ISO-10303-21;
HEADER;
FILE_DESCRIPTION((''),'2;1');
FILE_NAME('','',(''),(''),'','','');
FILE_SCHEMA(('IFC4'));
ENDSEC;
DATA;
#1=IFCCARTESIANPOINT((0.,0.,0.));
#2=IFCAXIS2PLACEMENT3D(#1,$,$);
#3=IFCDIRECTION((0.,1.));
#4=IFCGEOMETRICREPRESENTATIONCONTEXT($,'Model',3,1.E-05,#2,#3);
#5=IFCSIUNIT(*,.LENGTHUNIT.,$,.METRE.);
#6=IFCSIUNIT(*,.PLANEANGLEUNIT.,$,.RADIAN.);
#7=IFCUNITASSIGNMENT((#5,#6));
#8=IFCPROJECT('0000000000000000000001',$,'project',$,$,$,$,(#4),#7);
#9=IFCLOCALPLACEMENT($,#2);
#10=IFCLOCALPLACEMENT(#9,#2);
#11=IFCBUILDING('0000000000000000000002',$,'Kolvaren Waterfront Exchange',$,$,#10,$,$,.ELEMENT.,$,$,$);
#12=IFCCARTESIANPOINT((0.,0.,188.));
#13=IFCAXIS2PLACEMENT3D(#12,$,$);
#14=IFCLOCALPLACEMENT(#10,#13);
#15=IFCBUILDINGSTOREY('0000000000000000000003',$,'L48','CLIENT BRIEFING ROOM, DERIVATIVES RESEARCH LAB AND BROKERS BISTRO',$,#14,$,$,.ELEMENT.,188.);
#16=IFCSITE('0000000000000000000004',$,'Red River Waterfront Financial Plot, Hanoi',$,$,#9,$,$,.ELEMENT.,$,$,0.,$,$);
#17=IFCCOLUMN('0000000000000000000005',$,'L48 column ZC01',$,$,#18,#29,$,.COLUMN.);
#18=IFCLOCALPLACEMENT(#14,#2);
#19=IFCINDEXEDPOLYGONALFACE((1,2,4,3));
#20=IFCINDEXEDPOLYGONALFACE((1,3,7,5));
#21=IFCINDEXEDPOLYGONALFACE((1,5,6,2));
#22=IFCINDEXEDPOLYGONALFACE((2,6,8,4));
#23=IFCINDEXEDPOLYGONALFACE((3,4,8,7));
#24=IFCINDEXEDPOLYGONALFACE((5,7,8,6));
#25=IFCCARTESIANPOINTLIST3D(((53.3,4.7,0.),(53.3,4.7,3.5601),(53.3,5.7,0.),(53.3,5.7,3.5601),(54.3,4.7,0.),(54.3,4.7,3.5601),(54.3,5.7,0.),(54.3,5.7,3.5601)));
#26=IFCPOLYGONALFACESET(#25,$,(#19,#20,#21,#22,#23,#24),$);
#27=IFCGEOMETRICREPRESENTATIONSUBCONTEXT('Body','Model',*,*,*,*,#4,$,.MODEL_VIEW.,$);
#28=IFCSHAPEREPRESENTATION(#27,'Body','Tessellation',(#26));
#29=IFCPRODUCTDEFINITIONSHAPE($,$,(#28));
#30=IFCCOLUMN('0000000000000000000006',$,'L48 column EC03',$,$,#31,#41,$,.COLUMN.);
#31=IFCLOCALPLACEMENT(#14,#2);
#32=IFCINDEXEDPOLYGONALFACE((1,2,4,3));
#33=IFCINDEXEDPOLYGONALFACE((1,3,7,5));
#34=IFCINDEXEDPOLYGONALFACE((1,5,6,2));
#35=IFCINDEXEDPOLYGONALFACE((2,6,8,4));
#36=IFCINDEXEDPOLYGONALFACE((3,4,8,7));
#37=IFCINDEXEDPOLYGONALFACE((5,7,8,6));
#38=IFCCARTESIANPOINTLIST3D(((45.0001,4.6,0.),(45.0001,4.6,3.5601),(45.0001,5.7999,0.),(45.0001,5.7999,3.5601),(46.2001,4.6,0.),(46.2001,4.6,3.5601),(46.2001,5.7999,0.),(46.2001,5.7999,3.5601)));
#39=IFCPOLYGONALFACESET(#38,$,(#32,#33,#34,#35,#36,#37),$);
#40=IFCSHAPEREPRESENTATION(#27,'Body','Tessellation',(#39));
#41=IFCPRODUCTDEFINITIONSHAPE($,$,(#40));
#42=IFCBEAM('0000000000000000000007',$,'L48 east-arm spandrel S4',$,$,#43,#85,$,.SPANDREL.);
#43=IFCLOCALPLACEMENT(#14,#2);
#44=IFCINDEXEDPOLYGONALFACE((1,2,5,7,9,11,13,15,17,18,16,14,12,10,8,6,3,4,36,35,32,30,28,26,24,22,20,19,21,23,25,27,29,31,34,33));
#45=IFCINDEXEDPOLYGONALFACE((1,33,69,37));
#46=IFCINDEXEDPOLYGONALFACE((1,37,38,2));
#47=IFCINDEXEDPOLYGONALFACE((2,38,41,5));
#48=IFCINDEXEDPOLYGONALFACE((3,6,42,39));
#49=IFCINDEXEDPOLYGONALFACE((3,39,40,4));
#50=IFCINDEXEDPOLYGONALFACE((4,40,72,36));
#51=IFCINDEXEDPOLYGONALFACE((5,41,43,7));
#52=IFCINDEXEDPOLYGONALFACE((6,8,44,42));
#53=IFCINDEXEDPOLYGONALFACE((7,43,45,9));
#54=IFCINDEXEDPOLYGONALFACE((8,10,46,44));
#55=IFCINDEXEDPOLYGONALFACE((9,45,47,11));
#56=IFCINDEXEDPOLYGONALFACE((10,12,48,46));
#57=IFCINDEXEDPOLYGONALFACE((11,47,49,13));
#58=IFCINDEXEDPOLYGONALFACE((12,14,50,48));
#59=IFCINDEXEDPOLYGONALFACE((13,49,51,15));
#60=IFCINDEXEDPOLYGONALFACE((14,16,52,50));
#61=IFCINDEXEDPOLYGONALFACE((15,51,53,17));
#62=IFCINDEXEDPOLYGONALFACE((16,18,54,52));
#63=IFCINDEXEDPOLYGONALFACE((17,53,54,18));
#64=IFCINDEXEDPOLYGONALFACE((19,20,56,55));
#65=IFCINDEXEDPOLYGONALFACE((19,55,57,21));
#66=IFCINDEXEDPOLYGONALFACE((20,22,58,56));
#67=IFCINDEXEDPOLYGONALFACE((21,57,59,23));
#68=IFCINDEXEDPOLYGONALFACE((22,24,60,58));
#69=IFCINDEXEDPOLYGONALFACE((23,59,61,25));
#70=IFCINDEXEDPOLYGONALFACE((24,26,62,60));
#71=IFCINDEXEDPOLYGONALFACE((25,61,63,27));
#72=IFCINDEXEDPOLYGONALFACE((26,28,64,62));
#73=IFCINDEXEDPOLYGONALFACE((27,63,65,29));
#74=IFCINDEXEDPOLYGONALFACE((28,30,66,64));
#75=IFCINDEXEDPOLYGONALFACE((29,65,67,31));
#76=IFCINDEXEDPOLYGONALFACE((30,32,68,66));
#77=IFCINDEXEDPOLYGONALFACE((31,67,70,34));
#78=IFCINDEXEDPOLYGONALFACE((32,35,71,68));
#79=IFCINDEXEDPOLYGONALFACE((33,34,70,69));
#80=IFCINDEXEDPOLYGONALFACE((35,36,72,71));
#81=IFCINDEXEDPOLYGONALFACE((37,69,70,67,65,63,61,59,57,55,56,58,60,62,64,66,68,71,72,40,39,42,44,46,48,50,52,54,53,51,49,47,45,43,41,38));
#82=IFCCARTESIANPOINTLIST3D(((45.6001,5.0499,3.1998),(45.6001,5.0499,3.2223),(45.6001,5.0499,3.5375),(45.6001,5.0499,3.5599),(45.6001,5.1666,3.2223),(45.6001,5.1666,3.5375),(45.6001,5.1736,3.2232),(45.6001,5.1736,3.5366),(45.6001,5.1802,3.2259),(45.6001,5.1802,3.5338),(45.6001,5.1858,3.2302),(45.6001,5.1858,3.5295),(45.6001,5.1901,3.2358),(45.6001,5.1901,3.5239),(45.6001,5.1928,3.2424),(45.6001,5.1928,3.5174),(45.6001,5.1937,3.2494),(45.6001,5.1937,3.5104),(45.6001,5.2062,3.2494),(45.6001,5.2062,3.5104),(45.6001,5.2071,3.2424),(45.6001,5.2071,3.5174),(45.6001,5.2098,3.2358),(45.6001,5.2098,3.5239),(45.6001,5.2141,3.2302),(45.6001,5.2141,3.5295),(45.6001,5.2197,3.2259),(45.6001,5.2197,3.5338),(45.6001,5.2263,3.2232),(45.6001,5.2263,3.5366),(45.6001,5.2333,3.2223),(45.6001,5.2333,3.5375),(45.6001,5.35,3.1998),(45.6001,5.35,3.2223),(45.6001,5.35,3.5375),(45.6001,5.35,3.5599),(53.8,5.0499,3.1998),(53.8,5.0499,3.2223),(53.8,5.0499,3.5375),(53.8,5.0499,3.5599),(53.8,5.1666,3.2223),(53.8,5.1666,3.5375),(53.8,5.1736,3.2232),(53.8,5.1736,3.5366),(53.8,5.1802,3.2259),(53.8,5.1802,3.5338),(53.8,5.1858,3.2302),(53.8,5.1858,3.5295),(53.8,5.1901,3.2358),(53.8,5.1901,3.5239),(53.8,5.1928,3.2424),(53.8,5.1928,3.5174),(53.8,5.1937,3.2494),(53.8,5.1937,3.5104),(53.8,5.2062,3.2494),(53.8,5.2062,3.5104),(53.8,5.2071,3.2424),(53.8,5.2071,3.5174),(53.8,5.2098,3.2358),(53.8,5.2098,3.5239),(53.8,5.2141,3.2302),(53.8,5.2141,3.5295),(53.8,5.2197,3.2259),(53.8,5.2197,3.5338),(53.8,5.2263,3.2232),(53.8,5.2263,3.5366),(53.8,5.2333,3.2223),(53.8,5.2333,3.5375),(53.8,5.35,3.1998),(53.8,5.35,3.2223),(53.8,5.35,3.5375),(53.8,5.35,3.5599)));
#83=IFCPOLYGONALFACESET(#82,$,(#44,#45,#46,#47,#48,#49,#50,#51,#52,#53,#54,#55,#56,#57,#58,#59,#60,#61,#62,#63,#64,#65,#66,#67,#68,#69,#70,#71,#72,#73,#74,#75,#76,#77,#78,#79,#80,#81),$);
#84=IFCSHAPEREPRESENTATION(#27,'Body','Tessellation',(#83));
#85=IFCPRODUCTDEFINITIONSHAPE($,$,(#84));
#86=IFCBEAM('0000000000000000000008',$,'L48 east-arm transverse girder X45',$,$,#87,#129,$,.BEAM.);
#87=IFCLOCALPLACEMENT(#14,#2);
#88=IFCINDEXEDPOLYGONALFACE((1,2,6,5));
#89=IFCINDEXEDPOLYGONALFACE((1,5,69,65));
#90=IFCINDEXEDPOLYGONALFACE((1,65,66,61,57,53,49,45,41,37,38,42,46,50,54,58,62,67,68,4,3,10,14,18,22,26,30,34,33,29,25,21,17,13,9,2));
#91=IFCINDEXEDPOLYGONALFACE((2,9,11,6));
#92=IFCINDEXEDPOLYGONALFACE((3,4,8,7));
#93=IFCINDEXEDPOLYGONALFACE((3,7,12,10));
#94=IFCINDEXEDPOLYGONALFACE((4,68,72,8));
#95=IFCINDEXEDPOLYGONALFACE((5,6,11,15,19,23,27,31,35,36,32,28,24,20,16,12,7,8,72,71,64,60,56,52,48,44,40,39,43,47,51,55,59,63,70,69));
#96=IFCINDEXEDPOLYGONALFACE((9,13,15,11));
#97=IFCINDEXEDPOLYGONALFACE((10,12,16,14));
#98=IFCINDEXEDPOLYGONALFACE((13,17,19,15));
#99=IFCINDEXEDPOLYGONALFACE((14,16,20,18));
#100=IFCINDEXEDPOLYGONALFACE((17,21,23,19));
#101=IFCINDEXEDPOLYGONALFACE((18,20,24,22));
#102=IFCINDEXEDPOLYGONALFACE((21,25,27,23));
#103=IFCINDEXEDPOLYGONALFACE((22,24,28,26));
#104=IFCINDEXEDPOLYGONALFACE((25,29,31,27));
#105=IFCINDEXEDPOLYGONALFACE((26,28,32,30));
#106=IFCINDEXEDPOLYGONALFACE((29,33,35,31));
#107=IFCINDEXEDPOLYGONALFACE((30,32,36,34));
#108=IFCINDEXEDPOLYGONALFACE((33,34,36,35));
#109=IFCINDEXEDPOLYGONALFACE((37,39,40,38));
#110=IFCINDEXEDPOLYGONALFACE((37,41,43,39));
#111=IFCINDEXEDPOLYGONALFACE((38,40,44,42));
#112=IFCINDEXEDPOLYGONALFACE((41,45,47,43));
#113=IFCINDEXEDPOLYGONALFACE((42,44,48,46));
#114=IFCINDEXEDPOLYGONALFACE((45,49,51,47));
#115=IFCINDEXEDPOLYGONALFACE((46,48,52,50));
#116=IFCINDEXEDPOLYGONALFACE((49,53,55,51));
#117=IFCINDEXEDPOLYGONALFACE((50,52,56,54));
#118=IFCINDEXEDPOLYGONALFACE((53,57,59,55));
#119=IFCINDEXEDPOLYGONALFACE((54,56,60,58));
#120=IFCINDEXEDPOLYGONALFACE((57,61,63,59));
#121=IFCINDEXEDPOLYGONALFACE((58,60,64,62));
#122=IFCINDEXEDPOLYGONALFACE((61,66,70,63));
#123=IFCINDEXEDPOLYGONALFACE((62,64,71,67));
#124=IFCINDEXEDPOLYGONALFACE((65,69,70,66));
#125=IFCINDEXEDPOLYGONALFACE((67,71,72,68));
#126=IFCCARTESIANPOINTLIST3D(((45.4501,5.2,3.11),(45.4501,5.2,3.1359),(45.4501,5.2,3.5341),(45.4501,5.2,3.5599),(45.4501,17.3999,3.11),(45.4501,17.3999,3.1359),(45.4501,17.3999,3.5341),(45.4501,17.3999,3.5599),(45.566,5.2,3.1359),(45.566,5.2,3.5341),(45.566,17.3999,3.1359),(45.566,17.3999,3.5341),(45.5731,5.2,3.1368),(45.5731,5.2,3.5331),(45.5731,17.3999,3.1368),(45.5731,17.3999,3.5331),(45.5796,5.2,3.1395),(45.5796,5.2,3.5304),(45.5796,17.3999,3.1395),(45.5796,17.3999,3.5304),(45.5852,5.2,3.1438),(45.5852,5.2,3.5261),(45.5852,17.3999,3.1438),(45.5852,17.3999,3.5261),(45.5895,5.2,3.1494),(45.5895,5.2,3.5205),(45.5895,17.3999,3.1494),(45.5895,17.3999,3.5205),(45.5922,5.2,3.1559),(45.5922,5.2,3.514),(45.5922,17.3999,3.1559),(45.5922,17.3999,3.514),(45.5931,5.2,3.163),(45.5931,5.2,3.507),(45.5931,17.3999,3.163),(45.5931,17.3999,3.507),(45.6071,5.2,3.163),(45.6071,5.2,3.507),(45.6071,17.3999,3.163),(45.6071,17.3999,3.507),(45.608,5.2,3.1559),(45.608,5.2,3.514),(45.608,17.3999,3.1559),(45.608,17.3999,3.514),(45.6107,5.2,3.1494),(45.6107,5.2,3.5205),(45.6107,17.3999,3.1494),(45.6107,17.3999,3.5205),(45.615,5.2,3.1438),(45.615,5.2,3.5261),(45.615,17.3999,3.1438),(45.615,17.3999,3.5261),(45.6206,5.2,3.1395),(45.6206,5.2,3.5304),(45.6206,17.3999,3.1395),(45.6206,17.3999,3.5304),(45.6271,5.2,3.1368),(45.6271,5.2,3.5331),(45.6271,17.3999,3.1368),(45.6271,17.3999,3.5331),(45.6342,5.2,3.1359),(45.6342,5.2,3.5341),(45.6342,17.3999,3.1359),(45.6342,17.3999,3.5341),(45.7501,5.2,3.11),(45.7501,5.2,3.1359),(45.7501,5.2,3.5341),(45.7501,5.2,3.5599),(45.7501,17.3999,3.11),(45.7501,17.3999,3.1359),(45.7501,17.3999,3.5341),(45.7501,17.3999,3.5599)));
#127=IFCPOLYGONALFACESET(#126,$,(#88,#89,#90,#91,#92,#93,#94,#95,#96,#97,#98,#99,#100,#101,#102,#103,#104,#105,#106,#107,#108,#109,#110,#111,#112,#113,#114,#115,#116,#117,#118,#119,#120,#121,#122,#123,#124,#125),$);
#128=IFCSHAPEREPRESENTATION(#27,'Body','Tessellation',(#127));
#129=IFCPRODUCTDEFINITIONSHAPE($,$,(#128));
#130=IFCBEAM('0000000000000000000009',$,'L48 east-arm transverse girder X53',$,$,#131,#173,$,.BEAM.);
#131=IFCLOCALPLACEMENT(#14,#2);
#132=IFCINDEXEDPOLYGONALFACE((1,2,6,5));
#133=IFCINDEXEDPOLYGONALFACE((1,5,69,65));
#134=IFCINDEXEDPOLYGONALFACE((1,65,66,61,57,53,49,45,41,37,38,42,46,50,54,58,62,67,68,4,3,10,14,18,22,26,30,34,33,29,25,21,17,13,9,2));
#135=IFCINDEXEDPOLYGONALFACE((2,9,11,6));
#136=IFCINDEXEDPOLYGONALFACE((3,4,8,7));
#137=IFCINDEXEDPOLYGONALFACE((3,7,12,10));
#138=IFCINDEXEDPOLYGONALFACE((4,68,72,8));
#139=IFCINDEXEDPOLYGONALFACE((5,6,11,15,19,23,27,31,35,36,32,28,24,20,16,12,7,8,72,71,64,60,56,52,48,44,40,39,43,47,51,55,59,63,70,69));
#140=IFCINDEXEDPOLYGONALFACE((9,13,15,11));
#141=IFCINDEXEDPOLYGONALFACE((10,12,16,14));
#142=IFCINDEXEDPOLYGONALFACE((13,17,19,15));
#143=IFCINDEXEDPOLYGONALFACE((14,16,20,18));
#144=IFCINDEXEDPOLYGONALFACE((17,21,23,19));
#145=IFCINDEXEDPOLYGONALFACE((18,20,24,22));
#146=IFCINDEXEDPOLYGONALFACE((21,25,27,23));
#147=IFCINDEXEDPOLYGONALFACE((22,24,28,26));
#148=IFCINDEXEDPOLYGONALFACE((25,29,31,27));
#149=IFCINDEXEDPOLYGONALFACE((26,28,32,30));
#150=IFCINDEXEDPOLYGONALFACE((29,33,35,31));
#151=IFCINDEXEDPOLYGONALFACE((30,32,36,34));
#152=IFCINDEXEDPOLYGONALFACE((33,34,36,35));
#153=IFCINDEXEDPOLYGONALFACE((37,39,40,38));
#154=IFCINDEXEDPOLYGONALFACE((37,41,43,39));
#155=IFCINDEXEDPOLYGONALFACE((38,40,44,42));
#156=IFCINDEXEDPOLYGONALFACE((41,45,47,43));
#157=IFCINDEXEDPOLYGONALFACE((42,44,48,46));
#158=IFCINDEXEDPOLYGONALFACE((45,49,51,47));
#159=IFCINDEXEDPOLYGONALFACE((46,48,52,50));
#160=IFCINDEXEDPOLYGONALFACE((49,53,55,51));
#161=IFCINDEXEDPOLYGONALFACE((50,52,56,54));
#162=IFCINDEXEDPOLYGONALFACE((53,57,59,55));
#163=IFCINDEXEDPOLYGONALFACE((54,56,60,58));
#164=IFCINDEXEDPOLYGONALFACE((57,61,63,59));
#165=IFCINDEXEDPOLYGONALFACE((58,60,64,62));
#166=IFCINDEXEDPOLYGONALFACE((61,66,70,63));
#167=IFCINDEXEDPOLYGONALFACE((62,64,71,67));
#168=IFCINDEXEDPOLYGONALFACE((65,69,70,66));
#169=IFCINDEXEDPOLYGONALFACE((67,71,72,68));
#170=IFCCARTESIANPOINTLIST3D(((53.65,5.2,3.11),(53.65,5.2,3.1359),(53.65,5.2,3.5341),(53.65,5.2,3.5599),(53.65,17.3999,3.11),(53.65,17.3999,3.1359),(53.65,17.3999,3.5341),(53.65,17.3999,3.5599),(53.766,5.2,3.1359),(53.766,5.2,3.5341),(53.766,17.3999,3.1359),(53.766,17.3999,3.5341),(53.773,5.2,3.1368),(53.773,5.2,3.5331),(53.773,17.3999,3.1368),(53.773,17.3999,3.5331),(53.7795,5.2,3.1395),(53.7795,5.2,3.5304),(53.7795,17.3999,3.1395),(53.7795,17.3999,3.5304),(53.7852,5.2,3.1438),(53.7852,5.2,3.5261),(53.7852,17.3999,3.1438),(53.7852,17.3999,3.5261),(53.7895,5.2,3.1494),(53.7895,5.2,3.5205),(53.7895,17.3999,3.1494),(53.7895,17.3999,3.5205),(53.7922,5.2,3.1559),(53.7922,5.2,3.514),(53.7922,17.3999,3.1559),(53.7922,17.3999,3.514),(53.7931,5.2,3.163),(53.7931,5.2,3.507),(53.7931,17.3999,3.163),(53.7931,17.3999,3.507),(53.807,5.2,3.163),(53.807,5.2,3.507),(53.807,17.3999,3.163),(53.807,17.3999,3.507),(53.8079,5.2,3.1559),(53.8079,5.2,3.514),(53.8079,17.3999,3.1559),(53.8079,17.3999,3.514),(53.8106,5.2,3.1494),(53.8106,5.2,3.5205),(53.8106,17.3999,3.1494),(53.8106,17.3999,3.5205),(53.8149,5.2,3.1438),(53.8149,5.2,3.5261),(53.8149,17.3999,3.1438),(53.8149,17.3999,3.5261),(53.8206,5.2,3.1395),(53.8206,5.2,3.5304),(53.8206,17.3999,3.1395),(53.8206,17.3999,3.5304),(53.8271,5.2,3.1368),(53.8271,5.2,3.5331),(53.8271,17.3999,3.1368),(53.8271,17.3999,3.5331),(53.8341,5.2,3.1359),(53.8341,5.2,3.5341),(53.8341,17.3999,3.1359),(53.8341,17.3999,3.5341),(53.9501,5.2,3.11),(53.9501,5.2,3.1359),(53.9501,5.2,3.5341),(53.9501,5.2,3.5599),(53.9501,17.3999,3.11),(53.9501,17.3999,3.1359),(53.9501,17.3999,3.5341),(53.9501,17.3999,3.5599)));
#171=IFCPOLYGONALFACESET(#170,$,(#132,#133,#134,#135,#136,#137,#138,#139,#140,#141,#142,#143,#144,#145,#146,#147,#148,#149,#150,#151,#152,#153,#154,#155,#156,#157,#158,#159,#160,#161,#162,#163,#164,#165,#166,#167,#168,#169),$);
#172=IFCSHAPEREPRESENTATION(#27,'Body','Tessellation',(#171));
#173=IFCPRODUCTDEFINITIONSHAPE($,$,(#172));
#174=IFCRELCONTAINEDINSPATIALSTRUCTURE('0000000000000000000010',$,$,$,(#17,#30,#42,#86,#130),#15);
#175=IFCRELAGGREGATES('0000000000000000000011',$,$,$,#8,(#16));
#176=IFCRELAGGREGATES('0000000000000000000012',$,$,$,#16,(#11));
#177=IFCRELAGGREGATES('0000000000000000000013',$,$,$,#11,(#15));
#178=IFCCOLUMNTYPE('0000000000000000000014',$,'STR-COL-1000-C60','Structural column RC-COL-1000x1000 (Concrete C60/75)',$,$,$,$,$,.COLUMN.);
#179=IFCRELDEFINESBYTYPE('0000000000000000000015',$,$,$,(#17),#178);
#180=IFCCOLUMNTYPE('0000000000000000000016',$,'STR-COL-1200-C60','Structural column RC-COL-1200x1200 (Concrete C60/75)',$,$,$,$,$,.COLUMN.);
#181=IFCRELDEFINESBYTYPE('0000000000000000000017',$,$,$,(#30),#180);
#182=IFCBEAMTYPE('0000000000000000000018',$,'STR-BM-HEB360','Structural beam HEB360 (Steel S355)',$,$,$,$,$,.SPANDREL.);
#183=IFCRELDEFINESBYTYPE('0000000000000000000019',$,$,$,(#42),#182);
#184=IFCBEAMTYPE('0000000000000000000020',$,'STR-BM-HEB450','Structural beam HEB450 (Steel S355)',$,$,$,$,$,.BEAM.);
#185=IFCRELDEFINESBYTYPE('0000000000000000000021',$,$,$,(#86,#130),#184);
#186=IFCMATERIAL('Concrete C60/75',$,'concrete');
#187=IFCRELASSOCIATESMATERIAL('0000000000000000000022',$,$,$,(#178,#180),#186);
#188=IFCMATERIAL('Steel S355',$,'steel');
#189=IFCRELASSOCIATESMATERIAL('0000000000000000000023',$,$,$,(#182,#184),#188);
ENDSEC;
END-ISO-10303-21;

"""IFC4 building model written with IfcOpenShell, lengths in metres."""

from ifc_helpers import new_model, si_unit, direction, frame, origin, origin_2d, place, context, subcontext, project, spatial, rectangle, i_section, extrude, material, material_profile, profile_set, type_object, element, save


model = new_model("IFC4")

# Units and contexts
model_context = context("Model", 3, precision=1e-05, world=origin(), true_north=direction((0.0, 1.0)))
body_context = subcontext(model_context, "Body", "Model", "MODEL_VIEW")
ifc_project = project(units=[si_unit("LENGTHUNIT", "METRE"), si_unit("PLANEANGLEUNIT", "RADIAN")], contexts=[model_context])

# Site, building, storey
site_placement = place(None, origin())
site = spatial("IfcSite", under=ifc_project, at=site_placement, Name="Red River Waterfront Financial Plot, Hanoi", CompositionType="ELEMENT", RefElevation=0.0)
building_placement = place(site_placement, origin())
building = spatial("IfcBuilding", under=site, at=building_placement, Name="Kolvaren Waterfront Exchange", CompositionType="ELEMENT")
storey_placement = place(building_placement, frame((0.0, 0.0, 188.0)))
storey = spatial("IfcBuildingStorey", under=building, at=storey_placement, Name="L48", Description="CLIENT BRIEFING ROOM, DERIVATIVES RESEARCH LAB AND BROKERS BISTRO", CompositionType="ELEMENT", Elevation=188.0)

# Columns
ifc_material_1 = material(Name="Concrete C60/75", Category="concrete")
ifc_material_profile_1 = material_profile(ifc_material_1, rectangle(XDim=1.0, YDim=1.0, at=origin_2d()), Name="RC-COL-1000x1000")
ifc_profile_set_1 = profile_set([ifc_material_profile_1], Name="Concrete C60/75")
column_type_1 = type_object("IfcColumnType", Name="STR-COL-1000-C60", Description="Structural column RC-COL-1000x1000 (Concrete C60/75)", PredefinedType="COLUMN", material=ifc_profile_set_1)
column_1_placement = place(storey_placement, frame((53.8, 5.2, 0.0), z_axis=(0.0, 0.0, 1.0), x_axis=(1.0, 0.0, 0.0)))
element("IfcColumn", 1, at=column_1_placement, inside=storey, type_object=column_type_1, Name="L48 column ZC01", PredefinedType="COLUMN", context=body_context, shape_type="SweptSolid", body=[
    extrude(rectangle(XDim=1.0, YDim=1.0, at=origin_2d()), origin(), (0.0, 0.0, 1.0), 3.5601),
])
ifc_material_profile_2 = material_profile(ifc_material_1, rectangle(XDim=1.2, YDim=1.2, at=origin_2d()), Name="RC-COL-1200x1200")
ifc_profile_set_2 = profile_set([ifc_material_profile_2], Name="Concrete C60/75")
column_type_2 = type_object("IfcColumnType", Name="STR-COL-1200-C60", Description="Structural column RC-COL-1200x1200 (Concrete C60/75)", PredefinedType="COLUMN", material=ifc_profile_set_2)
column_2_placement = place(storey_placement, frame((45.6001, 5.2, 0.0), z_axis=(0.0, 0.0, 1.0), x_axis=(1.0, 0.0, 0.0)))
element("IfcColumn", 2, at=column_2_placement, inside=storey, type_object=column_type_2, Name="L48 column EC03", PredefinedType="COLUMN", context=body_context, shape_type="SweptSolid", body=[
    extrude(rectangle(XDim=1.2, YDim=1.2, at=origin_2d()), origin(), (0.0, 0.0, 1.0), 3.5601),
])

# Beams
ifc_material_2 = material(Name="Steel S355", Category="steel")
ifc_material_profile_3 = material_profile(ifc_material_2, i_section(OverallWidth=0.3, OverallDepth=0.3601, WebThickness=0.0125, FlangeThickness=0.0225, FilletRadius=0.0271, at=origin_2d()), Name="HEB360")
ifc_profile_set_3 = profile_set([ifc_material_profile_3], Name="Steel S355")
beam_type_1 = type_object("IfcBeamType", Name="STR-BM-HEB360", Description="Structural beam HEB360 (Steel S355)", PredefinedType="SPANDREL", material=ifc_profile_set_3)
beam_1_placement = place(storey_placement, frame((45.6001, 5.2, 3.3799), z_axis=(1.0, 0.0, 0.0), x_axis=(0.0, 1.0, 0.0)))
element("IfcBeam", 3, at=beam_1_placement, inside=storey, type_object=beam_type_1, Name="L48 east-arm spandrel S4", PredefinedType="SPANDREL", context=body_context, shape_type="SweptSolid", body=[
    extrude(i_section(OverallWidth=0.3, OverallDepth=0.3601, WebThickness=0.0125, FlangeThickness=0.0225, FilletRadius=0.0271, at=origin_2d()), origin(), (0.0, 0.0, 1.0), 8.2),
])
ifc_material_profile_4 = material_profile(ifc_material_2, i_section(OverallWidth=0.3, OverallDepth=0.45, WebThickness=0.0139, FlangeThickness=0.0259, FilletRadius=0.0271, at=origin_2d()), Name="HEB450")
ifc_profile_set_4 = profile_set([ifc_material_profile_4], Name="Steel S355")
beam_type_2 = type_object("IfcBeamType", Name="STR-BM-HEB450", Description="Structural beam HEB450 (Steel S355)", PredefinedType="BEAM", material=ifc_profile_set_4)
for number, where, z_axis, x_axis, name in (
    (4, (45.6001, 5.2, 3.335), (0.0, 1.0, 0.0), (-1.0, 0.0, 0.0), "L48 east-arm transverse girder X45"),
    (5, (53.8, 5.2, 3.335), (0.0, 1.0, 0.0), (-1.0, 0.0, 0.0), "L48 east-arm transverse girder X53"),
):
    element("IfcBeam", number, at=place(storey_placement, frame(where, z_axis=z_axis, x_axis=x_axis)), inside=storey, type_object=beam_type_2, Name=name, PredefinedType="BEAM", context=body_context, shape_type="SweptSolid", body=[
        extrude(i_section(OverallWidth=0.3, OverallDepth=0.45, WebThickness=0.0139, FlangeThickness=0.0259, FilletRadius=0.0271, at=origin_2d()), origin(), (0.0, 0.0, 1.0), 12.2),
    ])

save(model, "model.ifc")
